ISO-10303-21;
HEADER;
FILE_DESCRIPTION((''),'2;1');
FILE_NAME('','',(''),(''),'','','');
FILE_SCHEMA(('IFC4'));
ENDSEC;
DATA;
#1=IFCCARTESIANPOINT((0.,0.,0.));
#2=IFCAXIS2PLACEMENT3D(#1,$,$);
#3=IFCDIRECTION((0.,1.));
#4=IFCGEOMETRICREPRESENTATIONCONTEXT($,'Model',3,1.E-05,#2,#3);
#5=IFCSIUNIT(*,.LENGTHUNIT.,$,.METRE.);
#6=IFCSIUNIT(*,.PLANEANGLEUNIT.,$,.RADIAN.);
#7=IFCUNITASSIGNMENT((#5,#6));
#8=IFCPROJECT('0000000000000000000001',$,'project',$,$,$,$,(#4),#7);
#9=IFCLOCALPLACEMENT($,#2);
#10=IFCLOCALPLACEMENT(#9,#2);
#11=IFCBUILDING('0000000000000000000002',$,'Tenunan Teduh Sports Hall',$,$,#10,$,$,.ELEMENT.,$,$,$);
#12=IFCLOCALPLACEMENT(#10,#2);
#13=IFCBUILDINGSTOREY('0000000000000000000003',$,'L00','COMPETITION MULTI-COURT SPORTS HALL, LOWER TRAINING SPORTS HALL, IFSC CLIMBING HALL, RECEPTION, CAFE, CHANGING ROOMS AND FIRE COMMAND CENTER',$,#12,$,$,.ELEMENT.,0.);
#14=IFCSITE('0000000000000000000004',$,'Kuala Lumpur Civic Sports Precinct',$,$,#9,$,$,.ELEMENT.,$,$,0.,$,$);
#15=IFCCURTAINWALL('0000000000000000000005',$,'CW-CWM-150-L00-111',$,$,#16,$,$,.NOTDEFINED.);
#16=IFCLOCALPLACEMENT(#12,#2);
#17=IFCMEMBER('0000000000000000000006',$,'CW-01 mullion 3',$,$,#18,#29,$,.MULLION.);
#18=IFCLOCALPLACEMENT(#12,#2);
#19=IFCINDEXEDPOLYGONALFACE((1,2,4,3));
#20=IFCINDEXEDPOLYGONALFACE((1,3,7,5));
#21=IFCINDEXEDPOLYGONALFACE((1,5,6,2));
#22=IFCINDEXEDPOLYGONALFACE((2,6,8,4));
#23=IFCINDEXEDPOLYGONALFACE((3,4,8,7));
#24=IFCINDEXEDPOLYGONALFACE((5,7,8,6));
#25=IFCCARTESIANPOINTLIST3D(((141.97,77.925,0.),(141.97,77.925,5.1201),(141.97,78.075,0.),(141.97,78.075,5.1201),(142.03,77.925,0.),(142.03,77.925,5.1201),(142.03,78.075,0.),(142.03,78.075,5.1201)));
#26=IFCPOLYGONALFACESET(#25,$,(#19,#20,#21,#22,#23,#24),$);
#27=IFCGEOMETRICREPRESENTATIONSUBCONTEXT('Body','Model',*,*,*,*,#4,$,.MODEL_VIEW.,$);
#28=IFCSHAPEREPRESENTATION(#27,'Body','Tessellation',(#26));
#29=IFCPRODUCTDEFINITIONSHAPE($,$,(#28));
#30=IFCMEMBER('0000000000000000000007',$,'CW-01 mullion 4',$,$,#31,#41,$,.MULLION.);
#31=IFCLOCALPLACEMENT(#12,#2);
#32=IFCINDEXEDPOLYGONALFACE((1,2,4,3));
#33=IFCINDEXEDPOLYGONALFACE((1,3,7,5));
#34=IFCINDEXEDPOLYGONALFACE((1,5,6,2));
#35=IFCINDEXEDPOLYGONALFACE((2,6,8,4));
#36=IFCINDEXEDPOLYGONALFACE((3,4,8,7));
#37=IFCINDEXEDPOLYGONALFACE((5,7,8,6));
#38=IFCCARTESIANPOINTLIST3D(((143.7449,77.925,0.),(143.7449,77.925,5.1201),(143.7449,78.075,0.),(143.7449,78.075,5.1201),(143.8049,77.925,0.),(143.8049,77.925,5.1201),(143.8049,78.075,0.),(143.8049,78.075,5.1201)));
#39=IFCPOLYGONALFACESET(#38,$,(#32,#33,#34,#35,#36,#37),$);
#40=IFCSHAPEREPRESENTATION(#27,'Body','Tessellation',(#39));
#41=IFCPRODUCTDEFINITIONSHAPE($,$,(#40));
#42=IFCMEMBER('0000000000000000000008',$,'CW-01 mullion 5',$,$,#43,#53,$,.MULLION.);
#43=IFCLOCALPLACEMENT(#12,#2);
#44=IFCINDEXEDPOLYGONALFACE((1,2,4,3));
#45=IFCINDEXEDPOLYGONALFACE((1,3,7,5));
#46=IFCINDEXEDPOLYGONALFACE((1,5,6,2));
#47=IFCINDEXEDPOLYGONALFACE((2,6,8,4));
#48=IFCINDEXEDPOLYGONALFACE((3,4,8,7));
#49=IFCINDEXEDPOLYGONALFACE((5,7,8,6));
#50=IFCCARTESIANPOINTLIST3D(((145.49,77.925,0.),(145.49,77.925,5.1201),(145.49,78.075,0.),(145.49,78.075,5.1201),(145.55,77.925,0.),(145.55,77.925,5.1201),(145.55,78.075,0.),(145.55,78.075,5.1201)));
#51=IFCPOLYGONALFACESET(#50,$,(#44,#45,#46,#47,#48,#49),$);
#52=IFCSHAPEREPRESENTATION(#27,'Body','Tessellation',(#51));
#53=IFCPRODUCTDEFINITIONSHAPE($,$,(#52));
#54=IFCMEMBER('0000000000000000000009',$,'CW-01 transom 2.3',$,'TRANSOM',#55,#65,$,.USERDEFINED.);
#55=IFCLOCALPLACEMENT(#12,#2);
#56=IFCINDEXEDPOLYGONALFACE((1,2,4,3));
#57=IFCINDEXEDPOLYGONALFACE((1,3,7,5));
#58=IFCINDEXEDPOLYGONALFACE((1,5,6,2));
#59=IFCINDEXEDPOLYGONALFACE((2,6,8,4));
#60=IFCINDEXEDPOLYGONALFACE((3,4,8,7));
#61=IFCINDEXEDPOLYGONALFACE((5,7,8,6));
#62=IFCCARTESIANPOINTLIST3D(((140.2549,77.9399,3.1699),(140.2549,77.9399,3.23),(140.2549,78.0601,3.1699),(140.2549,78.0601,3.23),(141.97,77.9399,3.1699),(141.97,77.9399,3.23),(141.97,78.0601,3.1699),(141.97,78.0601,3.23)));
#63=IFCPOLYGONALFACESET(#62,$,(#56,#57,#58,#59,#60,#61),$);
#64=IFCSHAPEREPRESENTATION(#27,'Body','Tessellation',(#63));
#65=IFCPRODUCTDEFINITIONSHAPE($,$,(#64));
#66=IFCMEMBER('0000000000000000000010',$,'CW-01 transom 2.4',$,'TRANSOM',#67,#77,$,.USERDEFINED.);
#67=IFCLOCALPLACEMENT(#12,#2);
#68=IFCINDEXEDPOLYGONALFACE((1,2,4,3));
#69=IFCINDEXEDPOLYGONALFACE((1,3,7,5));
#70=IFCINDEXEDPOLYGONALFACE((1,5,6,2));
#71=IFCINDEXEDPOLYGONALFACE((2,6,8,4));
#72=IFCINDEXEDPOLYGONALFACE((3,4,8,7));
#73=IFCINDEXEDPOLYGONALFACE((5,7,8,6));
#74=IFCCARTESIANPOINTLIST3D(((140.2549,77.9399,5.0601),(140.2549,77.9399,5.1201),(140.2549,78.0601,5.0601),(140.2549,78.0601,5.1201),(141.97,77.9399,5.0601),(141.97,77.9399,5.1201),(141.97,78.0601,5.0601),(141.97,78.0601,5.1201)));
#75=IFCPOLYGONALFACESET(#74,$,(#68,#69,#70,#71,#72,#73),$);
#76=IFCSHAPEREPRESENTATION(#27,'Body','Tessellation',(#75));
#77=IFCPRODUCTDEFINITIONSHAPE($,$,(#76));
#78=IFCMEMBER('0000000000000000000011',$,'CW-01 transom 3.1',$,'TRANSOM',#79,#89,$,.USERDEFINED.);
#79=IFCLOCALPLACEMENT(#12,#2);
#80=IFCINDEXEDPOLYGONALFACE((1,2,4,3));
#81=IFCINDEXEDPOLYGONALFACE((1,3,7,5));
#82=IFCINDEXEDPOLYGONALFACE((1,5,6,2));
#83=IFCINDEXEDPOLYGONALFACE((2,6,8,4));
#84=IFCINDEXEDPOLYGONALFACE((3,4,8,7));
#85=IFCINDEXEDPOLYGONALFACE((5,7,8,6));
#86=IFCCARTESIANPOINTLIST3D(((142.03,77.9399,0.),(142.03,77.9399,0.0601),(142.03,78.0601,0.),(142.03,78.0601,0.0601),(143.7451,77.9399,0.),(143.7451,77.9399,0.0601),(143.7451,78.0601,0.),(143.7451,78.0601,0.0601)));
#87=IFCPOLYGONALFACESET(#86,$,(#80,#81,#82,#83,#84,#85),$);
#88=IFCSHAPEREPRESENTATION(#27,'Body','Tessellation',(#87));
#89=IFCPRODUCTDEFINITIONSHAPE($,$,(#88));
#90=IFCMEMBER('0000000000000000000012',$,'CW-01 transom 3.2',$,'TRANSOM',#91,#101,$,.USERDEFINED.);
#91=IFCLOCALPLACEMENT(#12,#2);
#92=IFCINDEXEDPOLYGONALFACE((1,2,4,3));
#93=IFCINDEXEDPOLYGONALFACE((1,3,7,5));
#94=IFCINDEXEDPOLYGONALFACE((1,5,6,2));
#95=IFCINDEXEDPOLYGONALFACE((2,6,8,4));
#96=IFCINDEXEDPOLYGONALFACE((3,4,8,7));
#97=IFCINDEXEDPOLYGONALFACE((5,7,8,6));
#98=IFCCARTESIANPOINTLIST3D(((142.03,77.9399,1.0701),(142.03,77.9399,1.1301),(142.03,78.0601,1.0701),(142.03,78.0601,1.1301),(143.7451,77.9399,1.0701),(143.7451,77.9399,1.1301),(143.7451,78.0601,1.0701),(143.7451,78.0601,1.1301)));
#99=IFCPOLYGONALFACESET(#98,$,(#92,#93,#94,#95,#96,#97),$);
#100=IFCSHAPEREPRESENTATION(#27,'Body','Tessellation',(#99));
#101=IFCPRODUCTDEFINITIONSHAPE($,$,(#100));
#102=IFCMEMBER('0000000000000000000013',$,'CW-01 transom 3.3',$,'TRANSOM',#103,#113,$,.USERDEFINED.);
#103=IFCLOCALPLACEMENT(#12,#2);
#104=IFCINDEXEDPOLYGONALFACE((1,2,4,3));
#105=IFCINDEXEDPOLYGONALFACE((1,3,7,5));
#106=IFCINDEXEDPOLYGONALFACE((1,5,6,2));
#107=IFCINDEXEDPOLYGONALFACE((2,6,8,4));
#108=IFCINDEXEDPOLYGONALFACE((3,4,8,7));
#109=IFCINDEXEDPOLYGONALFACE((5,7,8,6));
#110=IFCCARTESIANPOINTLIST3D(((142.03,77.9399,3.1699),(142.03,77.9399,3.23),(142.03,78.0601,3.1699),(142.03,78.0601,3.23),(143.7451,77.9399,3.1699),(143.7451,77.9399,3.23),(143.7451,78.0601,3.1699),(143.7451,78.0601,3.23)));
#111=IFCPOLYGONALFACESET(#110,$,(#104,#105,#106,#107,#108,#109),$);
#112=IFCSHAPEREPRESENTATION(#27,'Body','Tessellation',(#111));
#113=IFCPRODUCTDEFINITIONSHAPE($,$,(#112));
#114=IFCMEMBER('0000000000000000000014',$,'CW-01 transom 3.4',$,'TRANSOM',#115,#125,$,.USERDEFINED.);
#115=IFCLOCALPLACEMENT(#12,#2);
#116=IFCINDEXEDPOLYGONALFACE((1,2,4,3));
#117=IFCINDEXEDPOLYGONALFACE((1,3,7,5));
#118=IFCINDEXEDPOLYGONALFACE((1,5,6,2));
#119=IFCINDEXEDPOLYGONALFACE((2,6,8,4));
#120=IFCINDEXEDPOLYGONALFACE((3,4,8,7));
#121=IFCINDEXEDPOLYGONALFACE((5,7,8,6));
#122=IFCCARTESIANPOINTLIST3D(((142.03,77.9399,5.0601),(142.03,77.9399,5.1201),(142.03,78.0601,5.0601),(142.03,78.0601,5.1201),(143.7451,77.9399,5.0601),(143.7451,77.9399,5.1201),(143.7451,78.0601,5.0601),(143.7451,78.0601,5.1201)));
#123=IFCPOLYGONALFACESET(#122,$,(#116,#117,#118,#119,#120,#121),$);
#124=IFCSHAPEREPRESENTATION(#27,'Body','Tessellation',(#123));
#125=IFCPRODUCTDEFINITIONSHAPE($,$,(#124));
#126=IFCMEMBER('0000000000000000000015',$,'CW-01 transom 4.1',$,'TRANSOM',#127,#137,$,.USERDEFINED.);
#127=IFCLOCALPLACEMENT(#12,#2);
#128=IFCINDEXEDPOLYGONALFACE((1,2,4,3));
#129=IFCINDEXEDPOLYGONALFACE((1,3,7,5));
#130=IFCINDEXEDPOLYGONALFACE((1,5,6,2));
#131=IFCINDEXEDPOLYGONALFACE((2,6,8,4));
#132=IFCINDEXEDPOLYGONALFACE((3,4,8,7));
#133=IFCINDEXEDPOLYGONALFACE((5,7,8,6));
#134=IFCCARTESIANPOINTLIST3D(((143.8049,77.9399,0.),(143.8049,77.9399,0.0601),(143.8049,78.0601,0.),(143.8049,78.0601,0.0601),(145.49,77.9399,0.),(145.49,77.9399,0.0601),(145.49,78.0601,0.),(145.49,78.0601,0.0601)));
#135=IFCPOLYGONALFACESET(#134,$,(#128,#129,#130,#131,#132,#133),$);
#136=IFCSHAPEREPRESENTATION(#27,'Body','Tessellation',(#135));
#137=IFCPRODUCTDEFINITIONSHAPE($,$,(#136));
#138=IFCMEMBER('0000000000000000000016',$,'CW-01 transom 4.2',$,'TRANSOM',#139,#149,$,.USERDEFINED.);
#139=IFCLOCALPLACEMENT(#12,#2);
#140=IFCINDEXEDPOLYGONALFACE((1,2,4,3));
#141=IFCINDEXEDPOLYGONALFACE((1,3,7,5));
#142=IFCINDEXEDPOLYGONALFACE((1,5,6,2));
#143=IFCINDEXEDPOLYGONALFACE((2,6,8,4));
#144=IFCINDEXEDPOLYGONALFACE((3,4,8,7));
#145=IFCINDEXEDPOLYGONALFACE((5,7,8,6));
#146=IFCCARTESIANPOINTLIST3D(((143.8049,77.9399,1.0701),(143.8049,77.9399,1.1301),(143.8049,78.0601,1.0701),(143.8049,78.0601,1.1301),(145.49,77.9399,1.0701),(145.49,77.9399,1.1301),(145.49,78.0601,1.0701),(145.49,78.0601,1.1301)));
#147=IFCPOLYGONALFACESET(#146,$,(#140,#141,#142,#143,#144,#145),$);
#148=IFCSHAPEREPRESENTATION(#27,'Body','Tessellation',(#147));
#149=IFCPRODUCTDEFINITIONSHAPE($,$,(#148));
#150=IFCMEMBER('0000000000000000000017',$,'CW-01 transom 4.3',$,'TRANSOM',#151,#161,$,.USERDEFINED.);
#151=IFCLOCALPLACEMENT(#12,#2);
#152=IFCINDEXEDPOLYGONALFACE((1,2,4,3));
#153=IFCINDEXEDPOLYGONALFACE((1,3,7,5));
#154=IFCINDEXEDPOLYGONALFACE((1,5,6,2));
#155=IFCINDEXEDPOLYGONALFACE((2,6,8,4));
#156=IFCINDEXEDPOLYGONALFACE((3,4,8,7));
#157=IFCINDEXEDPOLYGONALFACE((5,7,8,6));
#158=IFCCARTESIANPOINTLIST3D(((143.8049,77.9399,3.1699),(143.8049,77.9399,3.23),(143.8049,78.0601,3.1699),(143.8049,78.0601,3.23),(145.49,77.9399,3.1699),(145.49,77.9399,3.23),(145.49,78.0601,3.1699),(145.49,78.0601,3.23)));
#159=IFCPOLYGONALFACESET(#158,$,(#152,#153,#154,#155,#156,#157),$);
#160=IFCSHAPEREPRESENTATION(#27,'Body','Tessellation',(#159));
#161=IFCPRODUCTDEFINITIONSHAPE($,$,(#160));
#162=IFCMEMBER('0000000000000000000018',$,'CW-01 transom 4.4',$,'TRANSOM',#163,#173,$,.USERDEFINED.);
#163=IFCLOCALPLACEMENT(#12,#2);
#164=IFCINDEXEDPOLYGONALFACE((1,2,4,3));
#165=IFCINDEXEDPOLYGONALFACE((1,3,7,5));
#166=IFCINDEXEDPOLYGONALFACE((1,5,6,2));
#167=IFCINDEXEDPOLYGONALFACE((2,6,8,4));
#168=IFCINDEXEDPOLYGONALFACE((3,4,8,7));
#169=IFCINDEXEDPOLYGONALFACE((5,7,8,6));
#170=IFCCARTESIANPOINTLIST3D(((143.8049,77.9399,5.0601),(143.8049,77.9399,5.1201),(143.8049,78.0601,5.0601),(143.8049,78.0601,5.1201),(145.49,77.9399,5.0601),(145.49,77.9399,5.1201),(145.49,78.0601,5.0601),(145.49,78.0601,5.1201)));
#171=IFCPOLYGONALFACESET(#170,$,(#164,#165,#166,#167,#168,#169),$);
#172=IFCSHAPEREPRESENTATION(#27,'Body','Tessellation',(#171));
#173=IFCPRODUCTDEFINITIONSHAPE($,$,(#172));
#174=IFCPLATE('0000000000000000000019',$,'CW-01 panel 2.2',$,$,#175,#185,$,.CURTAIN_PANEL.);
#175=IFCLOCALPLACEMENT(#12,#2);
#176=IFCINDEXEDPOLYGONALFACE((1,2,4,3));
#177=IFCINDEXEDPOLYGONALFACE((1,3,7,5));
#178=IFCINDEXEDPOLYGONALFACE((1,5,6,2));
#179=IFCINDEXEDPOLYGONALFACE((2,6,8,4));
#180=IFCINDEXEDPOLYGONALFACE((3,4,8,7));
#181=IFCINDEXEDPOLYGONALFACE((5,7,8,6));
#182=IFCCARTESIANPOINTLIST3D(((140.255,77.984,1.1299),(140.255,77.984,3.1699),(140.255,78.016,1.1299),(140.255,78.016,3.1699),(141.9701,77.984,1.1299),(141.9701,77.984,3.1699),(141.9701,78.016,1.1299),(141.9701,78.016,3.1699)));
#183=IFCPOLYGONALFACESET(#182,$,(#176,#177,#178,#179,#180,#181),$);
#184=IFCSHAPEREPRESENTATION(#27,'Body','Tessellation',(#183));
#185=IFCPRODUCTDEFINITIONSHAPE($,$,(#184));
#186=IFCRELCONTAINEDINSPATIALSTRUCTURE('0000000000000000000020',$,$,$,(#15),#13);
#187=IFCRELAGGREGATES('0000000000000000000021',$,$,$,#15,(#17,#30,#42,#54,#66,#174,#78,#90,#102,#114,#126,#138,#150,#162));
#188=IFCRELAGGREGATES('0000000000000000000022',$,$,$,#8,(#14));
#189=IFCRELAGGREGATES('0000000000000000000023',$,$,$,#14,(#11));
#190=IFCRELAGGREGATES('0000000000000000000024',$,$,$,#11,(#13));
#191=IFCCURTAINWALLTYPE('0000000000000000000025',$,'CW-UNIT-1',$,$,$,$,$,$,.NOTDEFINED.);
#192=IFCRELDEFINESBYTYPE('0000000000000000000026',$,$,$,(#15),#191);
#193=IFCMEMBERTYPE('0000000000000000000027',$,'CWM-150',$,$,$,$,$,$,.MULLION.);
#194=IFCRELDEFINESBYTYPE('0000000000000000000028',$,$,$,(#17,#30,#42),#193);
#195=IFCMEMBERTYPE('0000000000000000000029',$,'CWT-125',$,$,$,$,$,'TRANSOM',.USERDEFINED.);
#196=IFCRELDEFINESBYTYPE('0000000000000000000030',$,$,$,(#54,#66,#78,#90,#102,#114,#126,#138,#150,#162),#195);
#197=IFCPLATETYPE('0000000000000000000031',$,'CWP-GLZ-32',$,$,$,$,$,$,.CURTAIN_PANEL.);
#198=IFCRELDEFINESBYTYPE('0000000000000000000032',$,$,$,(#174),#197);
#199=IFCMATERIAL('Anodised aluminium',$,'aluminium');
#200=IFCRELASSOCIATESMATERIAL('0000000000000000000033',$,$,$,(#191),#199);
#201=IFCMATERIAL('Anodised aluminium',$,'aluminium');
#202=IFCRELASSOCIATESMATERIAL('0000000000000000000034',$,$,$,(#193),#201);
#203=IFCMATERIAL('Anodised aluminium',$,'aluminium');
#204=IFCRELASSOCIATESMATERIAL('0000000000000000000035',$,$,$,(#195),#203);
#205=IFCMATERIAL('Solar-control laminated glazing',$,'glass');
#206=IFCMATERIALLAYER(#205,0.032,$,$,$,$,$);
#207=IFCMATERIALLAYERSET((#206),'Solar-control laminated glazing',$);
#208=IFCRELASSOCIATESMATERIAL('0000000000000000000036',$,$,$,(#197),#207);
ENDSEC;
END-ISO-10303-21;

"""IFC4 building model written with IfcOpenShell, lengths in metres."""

from ifc_helpers import new_model, si_unit, direction, frame, origin, origin_2d, place, context, subcontext, project, spatial, rectangle, extrude, material, layer, layer_set, material_profile, profile_set, type_object, element, aggregate, save


model = new_model("IFC4")

# Units and contexts
model_context = context("Model", 3, precision=1e-05, world=origin(), true_north=direction((0.0, 1.0)))
body_context = subcontext(model_context, "Body", "Model", "MODEL_VIEW")
ifc_project = project(units=[si_unit("LENGTHUNIT", "METRE"), si_unit("PLANEANGLEUNIT", "RADIAN")], contexts=[model_context])

# Site, building, storey
site_placement = place(None, origin())
site = spatial("IfcSite", under=ifc_project, at=site_placement, Name="Kuala Lumpur Civic Sports Precinct", CompositionType="ELEMENT", RefElevation=0.0)
building_placement = place(site_placement, origin())
building = spatial("IfcBuilding", under=site, at=building_placement, Name="Tenunan Teduh Sports Hall", CompositionType="ELEMENT")
storey_placement = place(building_placement, origin())
storey = spatial("IfcBuildingStorey", under=building, at=storey_placement, Name="L00", Description="COMPETITION MULTI-COURT SPORTS HALL, LOWER TRAINING SPORTS HALL, IFSC CLIMBING HALL, RECEPTION, CAFE, CHANGING ROOMS AND FIRE COMMAND CENTER", CompositionType="ELEMENT", Elevation=0.0)

# Curtain wall, members, plate
ifc_material_1 = material(Name="Anodised aluminium", Category="aluminium")
curtain_wall_type = type_object("IfcCurtainWallType", Name="CW-UNIT-1", PredefinedType="NOTDEFINED", material=ifc_material_1)
curtain_wall_placement = place(storey_placement, origin())
curtain_wall = element("IfcCurtainWall", 1, at=curtain_wall_placement, inside=storey, type_object=curtain_wall_type, Name="CW-CWM-150-L00-111", PredefinedType="NOTDEFINED")
ifc_material_2 = material(Name="Anodised aluminium", Category="aluminium")
ifc_material_profile_1 = material_profile(ifc_material_2, rectangle(XDim=0.0601, YDim=0.1499, at=origin_2d()), Name="CWM 60x150")
ifc_profile_set_1 = profile_set([ifc_material_profile_1], Name="Anodised aluminium")
member_type_1 = type_object("IfcMemberType", Name="CWM-150", PredefinedType="MULLION", material=ifc_profile_set_1)
member_1_placement = place(storey_placement, frame((142.0, 78.0, 0.0), z_axis=(0.0, 0.0, 1.0), x_axis=(1.0, 0.0, 0.0)))
member_1 = element("IfcMember", 2, at=member_1_placement, type_object=member_type_1, Name="CW-01 mullion 3", PredefinedType="MULLION", context=body_context, shape_type="SweptSolid", body=[
    extrude(rectangle(XDim=0.0601, YDim=0.1499, at=origin_2d()), origin(), (0.0, 0.0, 1.0), 5.1201),
])
member_2_placement = place(storey_placement, frame((143.7749, 78.0, 0.0), z_axis=(0.0, 0.0, 1.0), x_axis=(1.0, 0.0, 0.0)))
member_2 = element("IfcMember", 3, at=member_2_placement, type_object=member_type_1, Name="CW-01 mullion 4", PredefinedType="MULLION", context=body_context, shape_type="SweptSolid", body=[
    extrude(rectangle(XDim=0.0601, YDim=0.1499, at=origin_2d()), origin(), (0.0, 0.0, 1.0), 5.1201),
])
member_3_placement = place(storey_placement, frame((145.52, 78.0, 0.0), z_axis=(0.0, 0.0, 1.0), x_axis=(1.0, 0.0, 0.0)))
member_3 = element("IfcMember", 4, at=member_3_placement, type_object=member_type_1, Name="CW-01 mullion 5", PredefinedType="MULLION", context=body_context, shape_type="SweptSolid", body=[
    extrude(rectangle(XDim=0.0601, YDim=0.1499, at=origin_2d()), origin(), (0.0, 0.0, 1.0), 5.1201),
])
ifc_material_3 = material(Name="Anodised aluminium", Category="aluminium")
ifc_material_profile_2 = material_profile(ifc_material_3, rectangle(XDim=0.0601, YDim=0.1201, at=origin_2d()), Name="CWT 60x120")
ifc_profile_set_2 = profile_set([ifc_material_profile_2], Name="Anodised aluminium")
member_type_2 = type_object("IfcMemberType", Name="CWT-125", ElementType="TRANSOM", PredefinedType="USERDEFINED", material=ifc_profile_set_2)
member_4_placement = place(storey_placement, frame((140.2549, 78.0, 3.2), z_axis=(1.0, 0.0, 0.0), x_axis=(0.0, 0.0, 1.0)))
member_4 = element("IfcMember", 5, at=member_4_placement, type_object=member_type_2, Name="CW-01 transom 2.3", ObjectType="TRANSOM", PredefinedType="USERDEFINED", context=body_context, shape_type="SweptSolid", body=[
    extrude(rectangle(XDim=0.0601, YDim=0.1201, at=origin_2d()), origin(), (0.0, 0.0, 1.0), 1.7151),
])
member_5_placement = place(storey_placement, frame((140.2549, 78.0, 5.0901), z_axis=(1.0, 0.0, 0.0), x_axis=(0.0, 0.0, 1.0)))
member_5 = element("IfcMember", 6, at=member_5_placement, type_object=member_type_2, Name="CW-01 transom 2.4", ObjectType="TRANSOM", PredefinedType="USERDEFINED", context=body_context, shape_type="SweptSolid", body=[
    extrude(rectangle(XDim=0.0601, YDim=0.1201, at=origin_2d()), origin(), (0.0, 0.0, 1.0), 1.7151),
])
member_6_placement = place(storey_placement, frame((142.03, 78.0, 0.03), z_axis=(1.0, 0.0, 0.0), x_axis=(0.0, 0.0, 1.0)))
member_6 = element("IfcMember", 7, at=member_6_placement, type_object=member_type_2, Name="CW-01 transom 3.1", ObjectType="TRANSOM", PredefinedType="USERDEFINED", context=body_context, shape_type="SweptSolid", body=[
    extrude(rectangle(XDim=0.0601, YDim=0.1201, at=origin_2d()), origin(), (0.0, 0.0, 1.0), 1.7151),
])
member_7_placement = place(storey_placement, frame((142.03, 78.0, 1.1001), z_axis=(1.0, 0.0, 0.0), x_axis=(0.0, 0.0, 1.0)))
member_7 = element("IfcMember", 8, at=member_7_placement, type_object=member_type_2, Name="CW-01 transom 3.2", ObjectType="TRANSOM", PredefinedType="USERDEFINED", context=body_context, shape_type="SweptSolid", body=[
    extrude(rectangle(XDim=0.0601, YDim=0.1201, at=origin_2d()), origin(), (0.0, 0.0, 1.0), 1.7151),
])
member_8_placement = place(storey_placement, frame((142.03, 78.0, 3.2), z_axis=(1.0, 0.0, 0.0), x_axis=(0.0, 0.0, 1.0)))
member_8 = element("IfcMember", 9, at=member_8_placement, type_object=member_type_2, Name="CW-01 transom 3.3", ObjectType="TRANSOM", PredefinedType="USERDEFINED", context=body_context, shape_type="SweptSolid", body=[
    extrude(rectangle(XDim=0.0601, YDim=0.1201, at=origin_2d()), origin(), (0.0, 0.0, 1.0), 1.7151),
])
member_9_placement = place(storey_placement, frame((142.03, 78.0, 5.0901), z_axis=(1.0, 0.0, 0.0), x_axis=(0.0, 0.0, 1.0)))
member_9 = element("IfcMember", 10, at=member_9_placement, type_object=member_type_2, Name="CW-01 transom 3.4", ObjectType="TRANSOM", PredefinedType="USERDEFINED", context=body_context, shape_type="SweptSolid", body=[
    extrude(rectangle(XDim=0.0601, YDim=0.1201, at=origin_2d()), origin(), (0.0, 0.0, 1.0), 1.7151),
])
member_10_placement = place(storey_placement, frame((143.8049, 78.0, 0.03), z_axis=(1.0, 0.0, 0.0), x_axis=(0.0, 0.0, 1.0)))
member_10 = element("IfcMember", 11, at=member_10_placement, type_object=member_type_2, Name="CW-01 transom 4.1", ObjectType="TRANSOM", PredefinedType="USERDEFINED", context=body_context, shape_type="SweptSolid", body=[
    extrude(rectangle(XDim=0.0601, YDim=0.1201, at=origin_2d()), origin(), (0.0, 0.0, 1.0), 1.6851),
])
member_11_placement = place(storey_placement, frame((143.8049, 78.0, 1.1001), z_axis=(1.0, 0.0, 0.0), x_axis=(0.0, 0.0, 1.0)))
member_11 = element("IfcMember", 12, at=member_11_placement, type_object=member_type_2, Name="CW-01 transom 4.2", ObjectType="TRANSOM", PredefinedType="USERDEFINED", context=body_context, shape_type="SweptSolid", body=[
    extrude(rectangle(XDim=0.0601, YDim=0.1201, at=origin_2d()), origin(), (0.0, 0.0, 1.0), 1.6851),
])
member_12_placement = place(storey_placement, frame((143.8049, 78.0, 3.2), z_axis=(1.0, 0.0, 0.0), x_axis=(0.0, 0.0, 1.0)))
member_12 = element("IfcMember", 13, at=member_12_placement, type_object=member_type_2, Name="CW-01 transom 4.3", ObjectType="TRANSOM", PredefinedType="USERDEFINED", context=body_context, shape_type="SweptSolid", body=[
    extrude(rectangle(XDim=0.0601, YDim=0.1201, at=origin_2d()), origin(), (0.0, 0.0, 1.0), 1.6851),
])
member_13_placement = place(storey_placement, frame((143.8049, 78.0, 5.0901), z_axis=(1.0, 0.0, 0.0), x_axis=(0.0, 0.0, 1.0)))
member_13 = element("IfcMember", 14, at=member_13_placement, type_object=member_type_2, Name="CW-01 transom 4.4", ObjectType="TRANSOM", PredefinedType="USERDEFINED", context=body_context, shape_type="SweptSolid", body=[
    extrude(rectangle(XDim=0.0601, YDim=0.1201, at=origin_2d()), origin(), (0.0, 0.0, 1.0), 1.6851),
])
ifc_material_4 = material(Name="Solar-control laminated glazing", Category="glass")
ifc_layer_1 = layer(ifc_material_4, 0.032)
ifc_layer_set_1 = layer_set([ifc_layer_1], Name="Solar-control laminated glazing")
plate_type_1 = type_object("IfcPlateType", Name="CWP-GLZ-32", PredefinedType="CURTAIN_PANEL", material=ifc_layer_set_1)
plate_1_placement = place(storey_placement, frame((141.1125, 78.0, 1.1299), z_axis=(0.0, 0.0, 1.0), x_axis=(1.0, 0.0, 0.0)))
plate_1 = element("IfcPlate", 15, at=plate_1_placement, type_object=plate_type_1, Name="CW-01 panel 2.2", PredefinedType="CURTAIN_PANEL", context=body_context, shape_type="SweptSolid", body=[
    extrude(rectangle(XDim=1.7151, YDim=0.032, at=origin_2d()), origin(), (0.0, 0.0, 1.0), 2.04),
])
aggregate(curtain_wall, [member_1, member_2, member_3, member_4, member_5, plate_1, member_6, member_7, member_8, member_9, member_10, member_11, member_12, member_13])

save(model, "model.ifc")
